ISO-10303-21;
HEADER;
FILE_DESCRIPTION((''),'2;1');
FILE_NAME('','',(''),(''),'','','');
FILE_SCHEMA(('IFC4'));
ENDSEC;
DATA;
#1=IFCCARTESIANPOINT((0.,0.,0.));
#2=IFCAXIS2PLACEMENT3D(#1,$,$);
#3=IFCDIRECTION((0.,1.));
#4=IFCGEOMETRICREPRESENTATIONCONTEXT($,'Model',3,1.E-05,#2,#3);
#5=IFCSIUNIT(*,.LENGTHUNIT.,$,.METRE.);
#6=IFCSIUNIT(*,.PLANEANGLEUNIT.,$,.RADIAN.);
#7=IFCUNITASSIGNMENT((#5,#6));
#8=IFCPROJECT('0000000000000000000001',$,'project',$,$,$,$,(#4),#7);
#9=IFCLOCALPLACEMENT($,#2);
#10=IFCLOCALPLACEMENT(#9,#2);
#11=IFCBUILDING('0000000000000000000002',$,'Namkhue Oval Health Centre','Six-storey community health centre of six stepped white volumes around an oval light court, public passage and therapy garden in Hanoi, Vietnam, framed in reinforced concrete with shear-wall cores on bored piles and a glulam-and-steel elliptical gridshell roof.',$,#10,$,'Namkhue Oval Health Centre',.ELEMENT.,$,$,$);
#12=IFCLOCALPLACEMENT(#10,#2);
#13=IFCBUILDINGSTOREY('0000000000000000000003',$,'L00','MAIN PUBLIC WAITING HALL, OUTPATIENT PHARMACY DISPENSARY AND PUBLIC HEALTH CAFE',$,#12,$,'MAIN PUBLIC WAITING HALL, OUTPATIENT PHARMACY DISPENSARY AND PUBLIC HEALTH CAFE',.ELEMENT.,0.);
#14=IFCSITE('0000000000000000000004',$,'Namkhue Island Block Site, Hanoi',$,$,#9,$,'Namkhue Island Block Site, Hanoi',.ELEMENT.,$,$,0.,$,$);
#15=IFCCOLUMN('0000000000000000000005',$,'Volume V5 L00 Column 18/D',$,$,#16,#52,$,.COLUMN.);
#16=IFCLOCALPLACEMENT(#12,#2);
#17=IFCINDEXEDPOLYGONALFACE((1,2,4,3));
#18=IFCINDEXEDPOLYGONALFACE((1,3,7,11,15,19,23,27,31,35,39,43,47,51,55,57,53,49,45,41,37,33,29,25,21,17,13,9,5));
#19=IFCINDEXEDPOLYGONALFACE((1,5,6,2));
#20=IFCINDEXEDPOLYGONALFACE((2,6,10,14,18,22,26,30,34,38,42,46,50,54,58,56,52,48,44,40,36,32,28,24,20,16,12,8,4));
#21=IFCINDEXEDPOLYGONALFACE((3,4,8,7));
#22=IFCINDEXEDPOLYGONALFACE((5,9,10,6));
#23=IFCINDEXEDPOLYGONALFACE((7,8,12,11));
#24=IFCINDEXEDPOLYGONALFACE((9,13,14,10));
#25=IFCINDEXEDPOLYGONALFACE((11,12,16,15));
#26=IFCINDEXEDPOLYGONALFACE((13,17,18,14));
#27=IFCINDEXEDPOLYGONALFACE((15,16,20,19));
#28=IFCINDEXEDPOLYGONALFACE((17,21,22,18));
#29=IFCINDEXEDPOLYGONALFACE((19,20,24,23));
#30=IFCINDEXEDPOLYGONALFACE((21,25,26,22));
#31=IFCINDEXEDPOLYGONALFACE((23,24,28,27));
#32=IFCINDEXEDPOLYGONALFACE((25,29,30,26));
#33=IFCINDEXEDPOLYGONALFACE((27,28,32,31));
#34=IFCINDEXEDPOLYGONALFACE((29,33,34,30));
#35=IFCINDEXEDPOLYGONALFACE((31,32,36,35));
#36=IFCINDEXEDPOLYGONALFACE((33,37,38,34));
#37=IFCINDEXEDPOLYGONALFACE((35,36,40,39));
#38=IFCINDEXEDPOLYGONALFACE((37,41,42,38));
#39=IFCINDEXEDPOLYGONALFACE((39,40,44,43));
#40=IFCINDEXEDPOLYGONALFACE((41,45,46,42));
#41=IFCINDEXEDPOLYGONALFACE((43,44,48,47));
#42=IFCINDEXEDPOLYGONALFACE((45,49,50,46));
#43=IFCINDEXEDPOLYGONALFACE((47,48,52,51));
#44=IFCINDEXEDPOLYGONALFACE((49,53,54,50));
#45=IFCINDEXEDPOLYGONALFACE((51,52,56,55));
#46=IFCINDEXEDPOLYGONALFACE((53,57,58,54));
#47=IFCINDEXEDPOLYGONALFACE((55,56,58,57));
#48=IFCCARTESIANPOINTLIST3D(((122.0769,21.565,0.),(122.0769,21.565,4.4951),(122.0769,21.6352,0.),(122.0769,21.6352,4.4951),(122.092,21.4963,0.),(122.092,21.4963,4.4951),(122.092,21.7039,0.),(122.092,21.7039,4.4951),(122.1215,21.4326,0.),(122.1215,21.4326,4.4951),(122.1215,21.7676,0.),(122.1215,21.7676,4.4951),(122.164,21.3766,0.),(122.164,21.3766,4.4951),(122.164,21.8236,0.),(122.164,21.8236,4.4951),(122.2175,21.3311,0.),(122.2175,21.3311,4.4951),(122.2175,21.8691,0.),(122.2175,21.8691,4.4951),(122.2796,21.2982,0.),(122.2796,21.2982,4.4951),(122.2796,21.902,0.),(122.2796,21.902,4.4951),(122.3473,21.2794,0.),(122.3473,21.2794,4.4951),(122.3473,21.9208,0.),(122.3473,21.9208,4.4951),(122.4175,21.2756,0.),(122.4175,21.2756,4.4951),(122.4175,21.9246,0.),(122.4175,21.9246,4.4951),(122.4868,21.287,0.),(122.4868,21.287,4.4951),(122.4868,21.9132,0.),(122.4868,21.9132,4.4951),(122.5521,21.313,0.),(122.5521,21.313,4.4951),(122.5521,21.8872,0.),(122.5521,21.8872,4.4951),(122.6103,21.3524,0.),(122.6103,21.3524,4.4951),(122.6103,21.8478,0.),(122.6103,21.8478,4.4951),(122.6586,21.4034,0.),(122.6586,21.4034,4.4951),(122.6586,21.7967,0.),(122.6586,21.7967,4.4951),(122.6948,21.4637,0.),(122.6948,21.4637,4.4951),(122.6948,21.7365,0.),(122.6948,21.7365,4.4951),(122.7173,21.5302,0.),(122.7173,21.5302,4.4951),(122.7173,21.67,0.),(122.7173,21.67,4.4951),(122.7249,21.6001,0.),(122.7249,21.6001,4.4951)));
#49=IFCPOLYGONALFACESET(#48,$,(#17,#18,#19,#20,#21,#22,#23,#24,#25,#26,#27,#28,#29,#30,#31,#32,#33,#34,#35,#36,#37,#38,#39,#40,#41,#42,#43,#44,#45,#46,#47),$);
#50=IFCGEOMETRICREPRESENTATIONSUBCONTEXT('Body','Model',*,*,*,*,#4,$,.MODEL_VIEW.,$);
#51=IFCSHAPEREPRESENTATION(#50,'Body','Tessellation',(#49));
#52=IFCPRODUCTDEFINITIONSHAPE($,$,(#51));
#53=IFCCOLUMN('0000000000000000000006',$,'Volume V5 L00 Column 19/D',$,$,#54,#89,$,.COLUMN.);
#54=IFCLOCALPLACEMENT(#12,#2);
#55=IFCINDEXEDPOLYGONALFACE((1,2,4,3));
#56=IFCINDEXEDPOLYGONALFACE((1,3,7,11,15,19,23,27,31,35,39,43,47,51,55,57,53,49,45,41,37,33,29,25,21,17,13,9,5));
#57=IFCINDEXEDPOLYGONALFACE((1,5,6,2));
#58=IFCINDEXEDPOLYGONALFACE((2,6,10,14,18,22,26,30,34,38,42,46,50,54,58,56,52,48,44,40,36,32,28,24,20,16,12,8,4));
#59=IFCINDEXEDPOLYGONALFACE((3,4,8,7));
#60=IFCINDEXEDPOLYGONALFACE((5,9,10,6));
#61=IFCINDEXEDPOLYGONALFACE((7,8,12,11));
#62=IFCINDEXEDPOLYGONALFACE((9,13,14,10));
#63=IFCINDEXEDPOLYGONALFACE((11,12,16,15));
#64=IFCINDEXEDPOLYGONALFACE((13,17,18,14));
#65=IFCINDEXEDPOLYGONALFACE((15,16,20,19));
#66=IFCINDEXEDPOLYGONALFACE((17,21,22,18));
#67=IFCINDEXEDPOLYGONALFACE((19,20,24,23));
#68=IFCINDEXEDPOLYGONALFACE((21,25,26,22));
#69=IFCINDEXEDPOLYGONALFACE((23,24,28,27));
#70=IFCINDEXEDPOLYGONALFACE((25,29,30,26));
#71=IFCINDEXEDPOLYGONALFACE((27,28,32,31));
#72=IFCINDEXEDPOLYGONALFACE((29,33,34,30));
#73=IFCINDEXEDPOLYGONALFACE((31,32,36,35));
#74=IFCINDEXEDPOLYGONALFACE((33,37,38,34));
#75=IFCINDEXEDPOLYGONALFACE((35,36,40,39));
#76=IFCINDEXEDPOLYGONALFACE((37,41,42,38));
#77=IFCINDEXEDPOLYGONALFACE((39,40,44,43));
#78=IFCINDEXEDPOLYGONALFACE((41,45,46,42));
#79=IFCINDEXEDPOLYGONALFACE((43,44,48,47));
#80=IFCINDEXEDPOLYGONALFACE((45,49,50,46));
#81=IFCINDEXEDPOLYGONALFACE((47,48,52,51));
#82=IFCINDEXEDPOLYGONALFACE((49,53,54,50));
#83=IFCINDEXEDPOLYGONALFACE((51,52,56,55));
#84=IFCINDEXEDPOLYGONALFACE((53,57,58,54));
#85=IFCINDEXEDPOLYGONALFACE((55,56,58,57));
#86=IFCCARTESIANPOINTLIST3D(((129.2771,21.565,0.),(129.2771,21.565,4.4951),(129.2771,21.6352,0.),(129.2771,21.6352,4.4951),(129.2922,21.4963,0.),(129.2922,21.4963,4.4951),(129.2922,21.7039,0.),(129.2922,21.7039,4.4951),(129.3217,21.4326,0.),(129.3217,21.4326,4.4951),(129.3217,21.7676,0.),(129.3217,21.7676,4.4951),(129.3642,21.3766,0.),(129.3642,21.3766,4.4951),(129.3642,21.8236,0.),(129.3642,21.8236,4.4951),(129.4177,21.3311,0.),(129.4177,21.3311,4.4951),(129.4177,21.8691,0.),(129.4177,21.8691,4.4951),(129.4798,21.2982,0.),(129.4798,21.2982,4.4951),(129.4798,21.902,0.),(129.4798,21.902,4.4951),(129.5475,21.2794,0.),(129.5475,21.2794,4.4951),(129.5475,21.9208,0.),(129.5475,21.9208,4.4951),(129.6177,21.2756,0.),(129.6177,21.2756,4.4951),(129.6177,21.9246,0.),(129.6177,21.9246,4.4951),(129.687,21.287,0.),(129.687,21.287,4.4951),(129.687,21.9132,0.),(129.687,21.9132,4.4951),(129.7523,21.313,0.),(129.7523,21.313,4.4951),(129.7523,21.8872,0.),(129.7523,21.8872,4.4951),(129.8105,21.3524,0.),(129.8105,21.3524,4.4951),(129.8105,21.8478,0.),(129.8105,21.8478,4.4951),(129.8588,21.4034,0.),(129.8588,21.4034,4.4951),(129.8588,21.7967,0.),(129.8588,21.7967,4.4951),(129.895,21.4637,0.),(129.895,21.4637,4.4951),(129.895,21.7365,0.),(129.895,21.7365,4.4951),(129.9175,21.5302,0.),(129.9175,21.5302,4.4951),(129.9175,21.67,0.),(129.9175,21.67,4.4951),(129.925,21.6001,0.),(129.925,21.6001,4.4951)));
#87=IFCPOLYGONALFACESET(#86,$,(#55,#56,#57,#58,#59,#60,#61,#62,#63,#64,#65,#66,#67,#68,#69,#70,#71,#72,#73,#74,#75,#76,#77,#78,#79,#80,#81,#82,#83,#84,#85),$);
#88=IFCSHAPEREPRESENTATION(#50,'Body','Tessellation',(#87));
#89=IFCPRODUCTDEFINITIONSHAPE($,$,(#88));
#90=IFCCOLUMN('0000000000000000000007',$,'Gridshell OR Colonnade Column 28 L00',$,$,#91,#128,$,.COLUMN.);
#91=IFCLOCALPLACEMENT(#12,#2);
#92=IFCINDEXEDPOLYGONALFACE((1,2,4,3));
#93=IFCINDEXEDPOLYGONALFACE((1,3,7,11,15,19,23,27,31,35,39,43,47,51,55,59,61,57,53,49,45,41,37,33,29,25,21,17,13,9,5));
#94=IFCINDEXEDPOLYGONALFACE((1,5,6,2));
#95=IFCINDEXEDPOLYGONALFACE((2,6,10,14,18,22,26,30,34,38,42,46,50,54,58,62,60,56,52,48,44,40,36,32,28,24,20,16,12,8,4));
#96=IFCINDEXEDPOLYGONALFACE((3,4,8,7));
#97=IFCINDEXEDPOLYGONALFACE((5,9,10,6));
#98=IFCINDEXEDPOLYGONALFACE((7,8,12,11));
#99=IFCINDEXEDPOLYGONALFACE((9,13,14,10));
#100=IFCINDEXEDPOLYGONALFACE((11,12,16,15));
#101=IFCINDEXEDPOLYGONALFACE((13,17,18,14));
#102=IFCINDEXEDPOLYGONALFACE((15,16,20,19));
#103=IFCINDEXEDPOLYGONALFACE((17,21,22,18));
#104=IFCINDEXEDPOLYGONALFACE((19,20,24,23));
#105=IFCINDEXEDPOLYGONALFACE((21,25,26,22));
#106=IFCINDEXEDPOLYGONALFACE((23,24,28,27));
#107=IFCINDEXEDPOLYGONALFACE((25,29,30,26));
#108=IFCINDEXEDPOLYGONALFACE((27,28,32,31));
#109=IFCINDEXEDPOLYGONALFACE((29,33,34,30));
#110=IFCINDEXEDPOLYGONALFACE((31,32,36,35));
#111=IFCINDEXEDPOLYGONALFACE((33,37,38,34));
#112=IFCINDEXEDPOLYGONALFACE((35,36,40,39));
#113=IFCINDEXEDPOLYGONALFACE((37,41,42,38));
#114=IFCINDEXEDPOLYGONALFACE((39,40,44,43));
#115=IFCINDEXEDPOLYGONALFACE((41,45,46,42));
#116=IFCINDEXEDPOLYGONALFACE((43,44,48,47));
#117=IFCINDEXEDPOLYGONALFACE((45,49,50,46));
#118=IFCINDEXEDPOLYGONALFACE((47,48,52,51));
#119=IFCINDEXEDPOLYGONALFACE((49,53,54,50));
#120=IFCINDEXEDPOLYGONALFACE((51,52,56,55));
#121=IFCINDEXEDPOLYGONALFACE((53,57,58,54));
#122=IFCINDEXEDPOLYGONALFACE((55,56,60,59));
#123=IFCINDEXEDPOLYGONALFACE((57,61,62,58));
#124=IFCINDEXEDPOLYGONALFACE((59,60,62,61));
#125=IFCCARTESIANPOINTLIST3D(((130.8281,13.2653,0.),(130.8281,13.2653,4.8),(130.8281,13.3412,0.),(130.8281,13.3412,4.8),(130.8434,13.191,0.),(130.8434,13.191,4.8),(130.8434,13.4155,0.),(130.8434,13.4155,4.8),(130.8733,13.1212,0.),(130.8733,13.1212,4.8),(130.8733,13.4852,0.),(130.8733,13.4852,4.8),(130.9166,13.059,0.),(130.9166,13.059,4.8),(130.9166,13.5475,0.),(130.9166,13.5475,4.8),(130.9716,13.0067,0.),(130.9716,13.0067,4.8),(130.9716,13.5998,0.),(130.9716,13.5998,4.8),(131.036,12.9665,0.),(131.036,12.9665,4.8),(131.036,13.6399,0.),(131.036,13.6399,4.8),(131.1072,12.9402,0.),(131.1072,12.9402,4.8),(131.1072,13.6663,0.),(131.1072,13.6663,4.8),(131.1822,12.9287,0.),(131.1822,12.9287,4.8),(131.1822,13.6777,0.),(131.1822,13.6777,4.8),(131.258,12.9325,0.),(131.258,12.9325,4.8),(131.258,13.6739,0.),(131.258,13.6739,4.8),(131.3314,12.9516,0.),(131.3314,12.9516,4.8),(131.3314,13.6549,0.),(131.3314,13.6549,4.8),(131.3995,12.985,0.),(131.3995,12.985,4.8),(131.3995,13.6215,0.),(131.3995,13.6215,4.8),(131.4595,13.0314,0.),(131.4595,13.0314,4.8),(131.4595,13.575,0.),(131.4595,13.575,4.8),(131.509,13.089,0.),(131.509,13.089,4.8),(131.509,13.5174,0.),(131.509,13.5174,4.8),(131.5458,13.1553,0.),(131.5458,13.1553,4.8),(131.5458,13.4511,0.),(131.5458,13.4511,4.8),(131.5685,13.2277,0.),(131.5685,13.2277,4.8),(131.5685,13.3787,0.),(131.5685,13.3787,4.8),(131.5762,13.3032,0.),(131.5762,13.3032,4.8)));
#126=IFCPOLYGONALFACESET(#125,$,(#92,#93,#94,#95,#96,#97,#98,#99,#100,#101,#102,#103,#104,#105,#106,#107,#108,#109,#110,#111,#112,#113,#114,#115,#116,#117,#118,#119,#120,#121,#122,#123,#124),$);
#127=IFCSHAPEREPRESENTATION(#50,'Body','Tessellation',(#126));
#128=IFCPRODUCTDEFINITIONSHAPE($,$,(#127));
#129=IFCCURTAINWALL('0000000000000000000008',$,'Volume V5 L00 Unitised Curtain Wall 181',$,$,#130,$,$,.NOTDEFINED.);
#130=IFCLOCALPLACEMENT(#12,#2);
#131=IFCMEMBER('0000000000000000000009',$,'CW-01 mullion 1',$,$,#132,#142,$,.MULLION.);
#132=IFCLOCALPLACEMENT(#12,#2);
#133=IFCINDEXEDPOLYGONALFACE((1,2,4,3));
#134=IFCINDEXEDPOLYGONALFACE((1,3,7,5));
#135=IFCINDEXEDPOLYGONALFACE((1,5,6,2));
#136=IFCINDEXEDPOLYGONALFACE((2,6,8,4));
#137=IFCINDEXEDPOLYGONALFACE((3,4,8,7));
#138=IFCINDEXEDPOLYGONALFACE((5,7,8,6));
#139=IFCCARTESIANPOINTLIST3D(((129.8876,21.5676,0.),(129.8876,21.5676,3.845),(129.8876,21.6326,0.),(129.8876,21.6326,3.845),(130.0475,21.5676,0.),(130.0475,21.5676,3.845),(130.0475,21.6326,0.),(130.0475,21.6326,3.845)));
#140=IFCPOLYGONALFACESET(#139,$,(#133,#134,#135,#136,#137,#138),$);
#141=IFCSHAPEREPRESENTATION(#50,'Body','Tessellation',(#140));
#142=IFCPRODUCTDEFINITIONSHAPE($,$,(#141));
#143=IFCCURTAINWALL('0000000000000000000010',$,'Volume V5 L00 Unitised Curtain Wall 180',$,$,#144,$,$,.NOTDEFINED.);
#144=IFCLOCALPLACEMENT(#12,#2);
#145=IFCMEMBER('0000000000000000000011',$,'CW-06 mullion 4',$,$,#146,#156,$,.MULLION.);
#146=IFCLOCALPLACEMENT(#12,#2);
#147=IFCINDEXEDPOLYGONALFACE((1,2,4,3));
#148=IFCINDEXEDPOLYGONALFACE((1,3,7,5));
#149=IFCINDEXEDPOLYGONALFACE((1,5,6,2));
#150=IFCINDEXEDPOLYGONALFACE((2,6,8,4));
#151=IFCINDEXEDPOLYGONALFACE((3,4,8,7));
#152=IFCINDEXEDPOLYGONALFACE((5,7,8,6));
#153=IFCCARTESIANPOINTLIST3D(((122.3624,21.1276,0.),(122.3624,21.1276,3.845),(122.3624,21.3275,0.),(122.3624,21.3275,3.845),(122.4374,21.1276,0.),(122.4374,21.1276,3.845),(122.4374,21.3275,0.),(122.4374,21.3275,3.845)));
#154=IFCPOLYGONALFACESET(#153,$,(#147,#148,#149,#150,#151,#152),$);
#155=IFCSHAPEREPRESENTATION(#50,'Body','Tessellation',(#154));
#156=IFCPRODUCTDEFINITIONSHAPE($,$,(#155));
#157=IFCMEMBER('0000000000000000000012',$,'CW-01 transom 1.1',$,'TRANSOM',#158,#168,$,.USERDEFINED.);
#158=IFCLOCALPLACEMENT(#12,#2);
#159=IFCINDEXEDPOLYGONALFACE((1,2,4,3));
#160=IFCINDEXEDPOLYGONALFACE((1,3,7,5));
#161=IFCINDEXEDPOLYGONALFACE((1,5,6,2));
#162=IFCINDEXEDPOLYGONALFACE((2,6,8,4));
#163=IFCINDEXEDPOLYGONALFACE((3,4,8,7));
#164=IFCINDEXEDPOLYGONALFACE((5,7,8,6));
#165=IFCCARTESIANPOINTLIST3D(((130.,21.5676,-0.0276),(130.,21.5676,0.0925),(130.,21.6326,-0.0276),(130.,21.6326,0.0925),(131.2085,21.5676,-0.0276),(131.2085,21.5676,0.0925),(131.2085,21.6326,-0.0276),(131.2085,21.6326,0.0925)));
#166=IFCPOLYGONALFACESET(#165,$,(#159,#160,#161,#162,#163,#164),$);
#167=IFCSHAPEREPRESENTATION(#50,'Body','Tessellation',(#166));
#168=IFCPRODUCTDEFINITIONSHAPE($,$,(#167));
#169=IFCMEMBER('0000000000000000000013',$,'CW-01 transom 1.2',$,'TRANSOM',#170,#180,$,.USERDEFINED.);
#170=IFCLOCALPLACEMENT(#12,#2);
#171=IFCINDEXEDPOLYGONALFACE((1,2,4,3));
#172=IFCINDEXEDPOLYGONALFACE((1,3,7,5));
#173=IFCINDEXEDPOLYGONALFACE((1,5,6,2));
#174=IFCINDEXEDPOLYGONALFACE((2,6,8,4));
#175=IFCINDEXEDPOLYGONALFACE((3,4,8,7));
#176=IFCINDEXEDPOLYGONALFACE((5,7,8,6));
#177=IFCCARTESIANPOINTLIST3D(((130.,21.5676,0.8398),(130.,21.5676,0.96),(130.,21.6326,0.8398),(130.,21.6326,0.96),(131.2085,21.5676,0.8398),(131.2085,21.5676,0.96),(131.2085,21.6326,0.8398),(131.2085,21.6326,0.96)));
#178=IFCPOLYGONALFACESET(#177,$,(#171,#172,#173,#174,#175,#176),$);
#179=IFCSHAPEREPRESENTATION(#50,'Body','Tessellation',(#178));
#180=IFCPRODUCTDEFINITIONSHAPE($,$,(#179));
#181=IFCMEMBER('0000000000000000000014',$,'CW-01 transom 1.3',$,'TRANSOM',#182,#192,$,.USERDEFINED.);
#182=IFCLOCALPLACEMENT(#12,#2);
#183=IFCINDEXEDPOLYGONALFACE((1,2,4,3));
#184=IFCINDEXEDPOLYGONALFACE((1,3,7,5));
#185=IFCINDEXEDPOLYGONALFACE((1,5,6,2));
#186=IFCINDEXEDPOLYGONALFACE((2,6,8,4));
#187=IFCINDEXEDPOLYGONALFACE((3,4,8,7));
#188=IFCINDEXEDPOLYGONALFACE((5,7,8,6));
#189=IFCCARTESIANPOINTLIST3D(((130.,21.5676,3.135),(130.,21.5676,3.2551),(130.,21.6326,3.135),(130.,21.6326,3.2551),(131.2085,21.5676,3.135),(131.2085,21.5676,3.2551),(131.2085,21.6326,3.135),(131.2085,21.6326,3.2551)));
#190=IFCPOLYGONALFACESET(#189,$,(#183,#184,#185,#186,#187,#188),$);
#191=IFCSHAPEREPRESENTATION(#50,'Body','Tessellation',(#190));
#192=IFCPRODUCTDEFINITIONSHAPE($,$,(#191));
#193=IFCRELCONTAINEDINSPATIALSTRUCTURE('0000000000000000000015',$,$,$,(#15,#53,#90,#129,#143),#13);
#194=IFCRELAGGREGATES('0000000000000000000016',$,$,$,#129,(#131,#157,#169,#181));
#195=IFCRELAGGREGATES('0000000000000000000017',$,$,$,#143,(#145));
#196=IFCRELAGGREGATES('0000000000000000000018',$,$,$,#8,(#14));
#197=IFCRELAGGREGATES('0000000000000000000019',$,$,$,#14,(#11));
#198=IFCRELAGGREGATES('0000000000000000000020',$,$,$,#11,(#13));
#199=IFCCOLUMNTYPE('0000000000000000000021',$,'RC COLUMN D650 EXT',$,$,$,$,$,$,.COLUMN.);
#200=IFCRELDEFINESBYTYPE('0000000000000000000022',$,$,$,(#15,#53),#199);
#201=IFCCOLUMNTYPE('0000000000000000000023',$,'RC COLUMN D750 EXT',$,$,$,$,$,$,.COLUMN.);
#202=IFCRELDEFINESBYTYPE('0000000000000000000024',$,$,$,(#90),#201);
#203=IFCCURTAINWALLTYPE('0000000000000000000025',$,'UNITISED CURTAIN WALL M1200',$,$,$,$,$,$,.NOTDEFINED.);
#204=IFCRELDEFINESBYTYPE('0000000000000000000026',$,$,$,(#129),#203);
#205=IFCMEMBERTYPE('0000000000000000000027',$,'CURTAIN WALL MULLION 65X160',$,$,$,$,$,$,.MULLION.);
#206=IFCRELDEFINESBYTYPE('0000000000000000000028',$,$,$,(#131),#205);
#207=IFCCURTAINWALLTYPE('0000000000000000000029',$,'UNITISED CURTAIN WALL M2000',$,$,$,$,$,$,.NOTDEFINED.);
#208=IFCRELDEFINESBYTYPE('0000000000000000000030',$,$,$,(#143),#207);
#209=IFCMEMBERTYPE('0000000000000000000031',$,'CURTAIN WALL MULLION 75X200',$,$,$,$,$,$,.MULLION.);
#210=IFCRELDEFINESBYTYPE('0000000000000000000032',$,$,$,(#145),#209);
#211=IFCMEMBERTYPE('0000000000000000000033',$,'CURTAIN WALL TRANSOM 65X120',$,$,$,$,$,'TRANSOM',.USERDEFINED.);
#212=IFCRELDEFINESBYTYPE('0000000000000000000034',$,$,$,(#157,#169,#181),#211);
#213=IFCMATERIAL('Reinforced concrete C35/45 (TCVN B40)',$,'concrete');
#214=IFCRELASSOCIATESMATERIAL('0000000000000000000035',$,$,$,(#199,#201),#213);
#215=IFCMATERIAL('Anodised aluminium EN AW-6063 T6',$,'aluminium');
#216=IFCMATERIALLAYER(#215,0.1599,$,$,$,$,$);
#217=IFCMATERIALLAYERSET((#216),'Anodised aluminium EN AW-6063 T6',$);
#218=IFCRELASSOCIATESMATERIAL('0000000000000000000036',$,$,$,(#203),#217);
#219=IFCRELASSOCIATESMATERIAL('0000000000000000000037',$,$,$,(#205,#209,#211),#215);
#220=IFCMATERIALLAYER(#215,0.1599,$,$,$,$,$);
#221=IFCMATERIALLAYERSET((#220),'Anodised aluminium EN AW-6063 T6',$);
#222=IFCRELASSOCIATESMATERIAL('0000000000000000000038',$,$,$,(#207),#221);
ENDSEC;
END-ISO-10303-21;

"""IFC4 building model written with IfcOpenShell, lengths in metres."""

from ifc_helpers import new_model, si_unit, direction, frame, origin, origin_2d, place, context, subcontext, project, spatial, rectangle, circle, extrude, material, layer, layer_set, material_profile, profile_set, type_object, element, aggregate, save


model = new_model("IFC4")

# Units and contexts
model_context = context("Model", 3, precision=1e-05, world=origin(), true_north=direction((0.0, 1.0)))
body_context = subcontext(model_context, "Body", "Model", "MODEL_VIEW")
ifc_project = project(units=[si_unit("LENGTHUNIT", "METRE"), si_unit("PLANEANGLEUNIT", "RADIAN")], contexts=[model_context])

# Site, building, storey
site_placement = place(None, origin())
site = spatial("IfcSite", under=ifc_project, at=site_placement, Name="Namkhue Island Block Site, Hanoi", LongName="Namkhue Island Block Site, Hanoi", CompositionType="ELEMENT", RefElevation=0.0)
building_placement = place(site_placement, origin())
building = spatial("IfcBuilding", under=site, at=building_placement, Name="Namkhue Oval Health Centre", Description="Six-storey community health centre of six stepped white volumes around an oval light court, public passage and therapy garden in Hanoi, Vietnam, framed in reinforced concrete with shear-wall cores on bored piles and a glulam-and-steel elliptical gridshell roof.", LongName="Namkhue Oval Health Centre", CompositionType="ELEMENT")
storey_placement = place(building_placement, origin())
storey = spatial("IfcBuildingStorey", under=building, at=storey_placement, Name="L00", Description="MAIN PUBLIC WAITING HALL, OUTPATIENT PHARMACY DISPENSARY AND PUBLIC HEALTH CAFE", LongName="MAIN PUBLIC WAITING HALL, OUTPATIENT PHARMACY DISPENSARY AND PUBLIC HEALTH CAFE", CompositionType="ELEMENT", Elevation=0.0)

# Columns
ifc_material_1 = material(Name="Reinforced concrete C35/45 (TCVN B40)", Category="concrete")
ifc_material_profile_1 = material_profile(ifc_material_1, circle(Radius=0.325, at=origin_2d()), Name="RC D650")
ifc_profile_set_1 = profile_set([ifc_material_profile_1], Name="Reinforced concrete C35/45 (TCVN B40)")
column_type_1 = type_object("IfcColumnType", Name="RC COLUMN D650 EXT", PredefinedType="COLUMN", material=ifc_profile_set_1)
for number, where, z_axis, x_axis, name in (
    (1, (122.3999, 21.6001, 0.0), (0.0, 0.0, 1.0), (1.0, 0.0, 0.0), "Volume V5 L00 Column 18/D"),
    (2, (129.6001, 21.6001, 0.0), (0.0, 0.0, 1.0), (1.0, 0.0, 0.0), "Volume V5 L00 Column 19/D"),
):
    element("IfcColumn", number, at=place(storey_placement, frame(where, z_axis=z_axis, x_axis=x_axis)), inside=storey, type_object=column_type_1, Name=name, PredefinedType="COLUMN", context=body_context, shape_type="SweptSolid", body=[
        extrude(circle(Radius=0.325, at=origin_2d()), origin(), (0.0, 0.0, 1.0), 4.4951),
    ])
ifc_material_profile_2 = material_profile(ifc_material_1, circle(Radius=0.375, at=origin_2d()), Name="RC D750")
ifc_profile_set_2 = profile_set([ifc_material_profile_2], Name="Reinforced concrete C35/45 (TCVN B40)")
column_type_2 = type_object("IfcColumnType", Name="RC COLUMN D750 EXT", PredefinedType="COLUMN", material=ifc_profile_set_2)
column_placement = place(storey_placement, frame((131.2012, 13.3032, 0.0), z_axis=(0.0, 0.0, 1.0), x_axis=(1.0, 0.0, 0.0)))
element("IfcColumn", 3, at=column_placement, inside=storey, type_object=column_type_2, Name="Gridshell OR Colonnade Column 28 L00", PredefinedType="COLUMN", context=body_context, shape_type="SweptSolid", body=[
    extrude(circle(Radius=0.375, at=origin_2d()), origin(), (0.0, 0.0, 1.0), 4.8),
])

# Curtain walls, members
ifc_material_2 = material(Name="Anodised aluminium EN AW-6063 T6", Category="aluminium")
ifc_layer_1 = layer(ifc_material_2, 0.1599)
ifc_layer_set_1 = layer_set([ifc_layer_1], Name="Anodised aluminium EN AW-6063 T6")
curtain_wall_type_1 = type_object("IfcCurtainWallType", Name="UNITISED CURTAIN WALL M1200", PredefinedType="NOTDEFINED", material=ifc_layer_set_1)
curtain_wall_1_placement = place(storey_placement, origin())
curtain_wall_1 = element("IfcCurtainWall", 4, at=curtain_wall_1_placement, inside=storey, type_object=curtain_wall_type_1, Name="Volume V5 L00 Unitised Curtain Wall 181", PredefinedType="NOTDEFINED")
ifc_material_profile_3 = material_profile(ifc_material_2, rectangle(XDim=0.0649, YDim=0.1599, at=origin_2d()), Name="ALU 65x160")
ifc_profile_set_3 = profile_set([ifc_material_profile_3], Name="Anodised aluminium EN AW-6063 T6")
member_type_1 = type_object("IfcMemberType", Name="CURTAIN WALL MULLION 65X160", PredefinedType="MULLION", material=ifc_profile_set_3)
member_1_placement = place(storey_placement, frame((129.9675, 21.6001, 0.0), z_axis=(0.0, 0.0, 1.0), x_axis=(0.0, 1.0, 0.0)))
member_1 = element("IfcMember", 5, at=member_1_placement, type_object=member_type_1, Name="CW-01 mullion 1", PredefinedType="MULLION", context=body_context, shape_type="SweptSolid", body=[
    extrude(rectangle(XDim=0.0649, YDim=0.1599, at=origin_2d()), origin(), (0.0, 0.0, 1.0), 3.845),
])
ifc_layer_2 = layer(ifc_material_2, 0.1599)
ifc_layer_set_2 = layer_set([ifc_layer_2], Name="Anodised aluminium EN AW-6063 T6")
curtain_wall_type_2 = type_object("IfcCurtainWallType", Name="UNITISED CURTAIN WALL M2000", PredefinedType="NOTDEFINED", material=ifc_layer_set_2)
curtain_wall_2_placement = place(storey_placement, origin())
curtain_wall_2 = element("IfcCurtainWall", 6, at=curtain_wall_2_placement, inside=storey, type_object=curtain_wall_type_2, Name="Volume V5 L00 Unitised Curtain Wall 180", PredefinedType="NOTDEFINED")
ifc_material_profile_4 = material_profile(ifc_material_2, rectangle(XDim=0.075, YDim=0.2, at=origin_2d()), Name="ALU 75x200")
ifc_profile_set_4 = profile_set([ifc_material_profile_4], Name="Anodised aluminium EN AW-6063 T6")
member_type_2 = type_object("IfcMemberType", Name="CURTAIN WALL MULLION 75X200", PredefinedType="MULLION", material=ifc_profile_set_4)
member_2_placement = place(storey_placement, frame((122.3999, 21.2275, 0.0), z_axis=(0.0, 0.0, 1.0), x_axis=(-1.0, 0.0, 0.0)))
member_2 = element("IfcMember", 7, at=member_2_placement, type_object=member_type_2, Name="CW-06 mullion 4", PredefinedType="MULLION", context=body_context, shape_type="SweptSolid", body=[
    extrude(rectangle(XDim=0.075, YDim=0.2, at=origin_2d()), origin(), (0.0, 0.0, 1.0), 3.845),
])

# Members
ifc_material_profile_5 = material_profile(ifc_material_2, rectangle(XDim=0.0649, YDim=0.1201, at=origin_2d()), Name="ALU 65x120")
ifc_profile_set_5 = profile_set([ifc_material_profile_5], Name="Anodised aluminium EN AW-6063 T6")
member_type_3 = type_object("IfcMemberType", Name="CURTAIN WALL TRANSOM 65X120", ElementType="TRANSOM", PredefinedType="USERDEFINED", material=ifc_profile_set_5)
member_3_placement = place(storey_placement, frame((130.0, 21.6001, 0.0325), z_axis=(1.0, 0.0, 0.0), x_axis=(0.0, 1.0, 0.0)))
member_3 = element("IfcMember", 8, at=member_3_placement, type_object=member_type_3, Name="CW-01 transom 1.1", ObjectType="TRANSOM", PredefinedType="USERDEFINED", context=body_context, shape_type="SweptSolid", body=[
    extrude(rectangle(XDim=0.0649, YDim=0.1201, at=origin_2d()), origin(), (0.0, 0.0, 1.0), 1.2085),
])
member_4_placement = place(storey_placement, frame((130.0, 21.6001, 0.8999), z_axis=(1.0, 0.0, 0.0), x_axis=(0.0, 1.0, 0.0)))
member_4 = element("IfcMember", 9, at=member_4_placement, type_object=member_type_3, Name="CW-01 transom 1.2", ObjectType="TRANSOM", PredefinedType="USERDEFINED", context=body_context, shape_type="SweptSolid", body=[
    extrude(rectangle(XDim=0.0649, YDim=0.1201, at=origin_2d()), origin(), (0.0, 0.0, 1.0), 1.2085),
])
member_5_placement = place(storey_placement, frame((130.0, 21.6001, 3.1951), z_axis=(1.0, 0.0, 0.0), x_axis=(0.0, 1.0, 0.0)))
member_5 = element("IfcMember", 10, at=member_5_placement, type_object=member_type_3, Name="CW-01 transom 1.3", ObjectType="TRANSOM", PredefinedType="USERDEFINED", context=body_context, shape_type="SweptSolid", body=[
    extrude(rectangle(XDim=0.0649, YDim=0.1201, at=origin_2d()), origin(), (0.0, 0.0, 1.0), 1.2085),
])
aggregate(curtain_wall_1, [member_1, member_3, member_4, member_5])

aggregate(curtain_wall_2, [member_2])

save(model, "model.ifc")
